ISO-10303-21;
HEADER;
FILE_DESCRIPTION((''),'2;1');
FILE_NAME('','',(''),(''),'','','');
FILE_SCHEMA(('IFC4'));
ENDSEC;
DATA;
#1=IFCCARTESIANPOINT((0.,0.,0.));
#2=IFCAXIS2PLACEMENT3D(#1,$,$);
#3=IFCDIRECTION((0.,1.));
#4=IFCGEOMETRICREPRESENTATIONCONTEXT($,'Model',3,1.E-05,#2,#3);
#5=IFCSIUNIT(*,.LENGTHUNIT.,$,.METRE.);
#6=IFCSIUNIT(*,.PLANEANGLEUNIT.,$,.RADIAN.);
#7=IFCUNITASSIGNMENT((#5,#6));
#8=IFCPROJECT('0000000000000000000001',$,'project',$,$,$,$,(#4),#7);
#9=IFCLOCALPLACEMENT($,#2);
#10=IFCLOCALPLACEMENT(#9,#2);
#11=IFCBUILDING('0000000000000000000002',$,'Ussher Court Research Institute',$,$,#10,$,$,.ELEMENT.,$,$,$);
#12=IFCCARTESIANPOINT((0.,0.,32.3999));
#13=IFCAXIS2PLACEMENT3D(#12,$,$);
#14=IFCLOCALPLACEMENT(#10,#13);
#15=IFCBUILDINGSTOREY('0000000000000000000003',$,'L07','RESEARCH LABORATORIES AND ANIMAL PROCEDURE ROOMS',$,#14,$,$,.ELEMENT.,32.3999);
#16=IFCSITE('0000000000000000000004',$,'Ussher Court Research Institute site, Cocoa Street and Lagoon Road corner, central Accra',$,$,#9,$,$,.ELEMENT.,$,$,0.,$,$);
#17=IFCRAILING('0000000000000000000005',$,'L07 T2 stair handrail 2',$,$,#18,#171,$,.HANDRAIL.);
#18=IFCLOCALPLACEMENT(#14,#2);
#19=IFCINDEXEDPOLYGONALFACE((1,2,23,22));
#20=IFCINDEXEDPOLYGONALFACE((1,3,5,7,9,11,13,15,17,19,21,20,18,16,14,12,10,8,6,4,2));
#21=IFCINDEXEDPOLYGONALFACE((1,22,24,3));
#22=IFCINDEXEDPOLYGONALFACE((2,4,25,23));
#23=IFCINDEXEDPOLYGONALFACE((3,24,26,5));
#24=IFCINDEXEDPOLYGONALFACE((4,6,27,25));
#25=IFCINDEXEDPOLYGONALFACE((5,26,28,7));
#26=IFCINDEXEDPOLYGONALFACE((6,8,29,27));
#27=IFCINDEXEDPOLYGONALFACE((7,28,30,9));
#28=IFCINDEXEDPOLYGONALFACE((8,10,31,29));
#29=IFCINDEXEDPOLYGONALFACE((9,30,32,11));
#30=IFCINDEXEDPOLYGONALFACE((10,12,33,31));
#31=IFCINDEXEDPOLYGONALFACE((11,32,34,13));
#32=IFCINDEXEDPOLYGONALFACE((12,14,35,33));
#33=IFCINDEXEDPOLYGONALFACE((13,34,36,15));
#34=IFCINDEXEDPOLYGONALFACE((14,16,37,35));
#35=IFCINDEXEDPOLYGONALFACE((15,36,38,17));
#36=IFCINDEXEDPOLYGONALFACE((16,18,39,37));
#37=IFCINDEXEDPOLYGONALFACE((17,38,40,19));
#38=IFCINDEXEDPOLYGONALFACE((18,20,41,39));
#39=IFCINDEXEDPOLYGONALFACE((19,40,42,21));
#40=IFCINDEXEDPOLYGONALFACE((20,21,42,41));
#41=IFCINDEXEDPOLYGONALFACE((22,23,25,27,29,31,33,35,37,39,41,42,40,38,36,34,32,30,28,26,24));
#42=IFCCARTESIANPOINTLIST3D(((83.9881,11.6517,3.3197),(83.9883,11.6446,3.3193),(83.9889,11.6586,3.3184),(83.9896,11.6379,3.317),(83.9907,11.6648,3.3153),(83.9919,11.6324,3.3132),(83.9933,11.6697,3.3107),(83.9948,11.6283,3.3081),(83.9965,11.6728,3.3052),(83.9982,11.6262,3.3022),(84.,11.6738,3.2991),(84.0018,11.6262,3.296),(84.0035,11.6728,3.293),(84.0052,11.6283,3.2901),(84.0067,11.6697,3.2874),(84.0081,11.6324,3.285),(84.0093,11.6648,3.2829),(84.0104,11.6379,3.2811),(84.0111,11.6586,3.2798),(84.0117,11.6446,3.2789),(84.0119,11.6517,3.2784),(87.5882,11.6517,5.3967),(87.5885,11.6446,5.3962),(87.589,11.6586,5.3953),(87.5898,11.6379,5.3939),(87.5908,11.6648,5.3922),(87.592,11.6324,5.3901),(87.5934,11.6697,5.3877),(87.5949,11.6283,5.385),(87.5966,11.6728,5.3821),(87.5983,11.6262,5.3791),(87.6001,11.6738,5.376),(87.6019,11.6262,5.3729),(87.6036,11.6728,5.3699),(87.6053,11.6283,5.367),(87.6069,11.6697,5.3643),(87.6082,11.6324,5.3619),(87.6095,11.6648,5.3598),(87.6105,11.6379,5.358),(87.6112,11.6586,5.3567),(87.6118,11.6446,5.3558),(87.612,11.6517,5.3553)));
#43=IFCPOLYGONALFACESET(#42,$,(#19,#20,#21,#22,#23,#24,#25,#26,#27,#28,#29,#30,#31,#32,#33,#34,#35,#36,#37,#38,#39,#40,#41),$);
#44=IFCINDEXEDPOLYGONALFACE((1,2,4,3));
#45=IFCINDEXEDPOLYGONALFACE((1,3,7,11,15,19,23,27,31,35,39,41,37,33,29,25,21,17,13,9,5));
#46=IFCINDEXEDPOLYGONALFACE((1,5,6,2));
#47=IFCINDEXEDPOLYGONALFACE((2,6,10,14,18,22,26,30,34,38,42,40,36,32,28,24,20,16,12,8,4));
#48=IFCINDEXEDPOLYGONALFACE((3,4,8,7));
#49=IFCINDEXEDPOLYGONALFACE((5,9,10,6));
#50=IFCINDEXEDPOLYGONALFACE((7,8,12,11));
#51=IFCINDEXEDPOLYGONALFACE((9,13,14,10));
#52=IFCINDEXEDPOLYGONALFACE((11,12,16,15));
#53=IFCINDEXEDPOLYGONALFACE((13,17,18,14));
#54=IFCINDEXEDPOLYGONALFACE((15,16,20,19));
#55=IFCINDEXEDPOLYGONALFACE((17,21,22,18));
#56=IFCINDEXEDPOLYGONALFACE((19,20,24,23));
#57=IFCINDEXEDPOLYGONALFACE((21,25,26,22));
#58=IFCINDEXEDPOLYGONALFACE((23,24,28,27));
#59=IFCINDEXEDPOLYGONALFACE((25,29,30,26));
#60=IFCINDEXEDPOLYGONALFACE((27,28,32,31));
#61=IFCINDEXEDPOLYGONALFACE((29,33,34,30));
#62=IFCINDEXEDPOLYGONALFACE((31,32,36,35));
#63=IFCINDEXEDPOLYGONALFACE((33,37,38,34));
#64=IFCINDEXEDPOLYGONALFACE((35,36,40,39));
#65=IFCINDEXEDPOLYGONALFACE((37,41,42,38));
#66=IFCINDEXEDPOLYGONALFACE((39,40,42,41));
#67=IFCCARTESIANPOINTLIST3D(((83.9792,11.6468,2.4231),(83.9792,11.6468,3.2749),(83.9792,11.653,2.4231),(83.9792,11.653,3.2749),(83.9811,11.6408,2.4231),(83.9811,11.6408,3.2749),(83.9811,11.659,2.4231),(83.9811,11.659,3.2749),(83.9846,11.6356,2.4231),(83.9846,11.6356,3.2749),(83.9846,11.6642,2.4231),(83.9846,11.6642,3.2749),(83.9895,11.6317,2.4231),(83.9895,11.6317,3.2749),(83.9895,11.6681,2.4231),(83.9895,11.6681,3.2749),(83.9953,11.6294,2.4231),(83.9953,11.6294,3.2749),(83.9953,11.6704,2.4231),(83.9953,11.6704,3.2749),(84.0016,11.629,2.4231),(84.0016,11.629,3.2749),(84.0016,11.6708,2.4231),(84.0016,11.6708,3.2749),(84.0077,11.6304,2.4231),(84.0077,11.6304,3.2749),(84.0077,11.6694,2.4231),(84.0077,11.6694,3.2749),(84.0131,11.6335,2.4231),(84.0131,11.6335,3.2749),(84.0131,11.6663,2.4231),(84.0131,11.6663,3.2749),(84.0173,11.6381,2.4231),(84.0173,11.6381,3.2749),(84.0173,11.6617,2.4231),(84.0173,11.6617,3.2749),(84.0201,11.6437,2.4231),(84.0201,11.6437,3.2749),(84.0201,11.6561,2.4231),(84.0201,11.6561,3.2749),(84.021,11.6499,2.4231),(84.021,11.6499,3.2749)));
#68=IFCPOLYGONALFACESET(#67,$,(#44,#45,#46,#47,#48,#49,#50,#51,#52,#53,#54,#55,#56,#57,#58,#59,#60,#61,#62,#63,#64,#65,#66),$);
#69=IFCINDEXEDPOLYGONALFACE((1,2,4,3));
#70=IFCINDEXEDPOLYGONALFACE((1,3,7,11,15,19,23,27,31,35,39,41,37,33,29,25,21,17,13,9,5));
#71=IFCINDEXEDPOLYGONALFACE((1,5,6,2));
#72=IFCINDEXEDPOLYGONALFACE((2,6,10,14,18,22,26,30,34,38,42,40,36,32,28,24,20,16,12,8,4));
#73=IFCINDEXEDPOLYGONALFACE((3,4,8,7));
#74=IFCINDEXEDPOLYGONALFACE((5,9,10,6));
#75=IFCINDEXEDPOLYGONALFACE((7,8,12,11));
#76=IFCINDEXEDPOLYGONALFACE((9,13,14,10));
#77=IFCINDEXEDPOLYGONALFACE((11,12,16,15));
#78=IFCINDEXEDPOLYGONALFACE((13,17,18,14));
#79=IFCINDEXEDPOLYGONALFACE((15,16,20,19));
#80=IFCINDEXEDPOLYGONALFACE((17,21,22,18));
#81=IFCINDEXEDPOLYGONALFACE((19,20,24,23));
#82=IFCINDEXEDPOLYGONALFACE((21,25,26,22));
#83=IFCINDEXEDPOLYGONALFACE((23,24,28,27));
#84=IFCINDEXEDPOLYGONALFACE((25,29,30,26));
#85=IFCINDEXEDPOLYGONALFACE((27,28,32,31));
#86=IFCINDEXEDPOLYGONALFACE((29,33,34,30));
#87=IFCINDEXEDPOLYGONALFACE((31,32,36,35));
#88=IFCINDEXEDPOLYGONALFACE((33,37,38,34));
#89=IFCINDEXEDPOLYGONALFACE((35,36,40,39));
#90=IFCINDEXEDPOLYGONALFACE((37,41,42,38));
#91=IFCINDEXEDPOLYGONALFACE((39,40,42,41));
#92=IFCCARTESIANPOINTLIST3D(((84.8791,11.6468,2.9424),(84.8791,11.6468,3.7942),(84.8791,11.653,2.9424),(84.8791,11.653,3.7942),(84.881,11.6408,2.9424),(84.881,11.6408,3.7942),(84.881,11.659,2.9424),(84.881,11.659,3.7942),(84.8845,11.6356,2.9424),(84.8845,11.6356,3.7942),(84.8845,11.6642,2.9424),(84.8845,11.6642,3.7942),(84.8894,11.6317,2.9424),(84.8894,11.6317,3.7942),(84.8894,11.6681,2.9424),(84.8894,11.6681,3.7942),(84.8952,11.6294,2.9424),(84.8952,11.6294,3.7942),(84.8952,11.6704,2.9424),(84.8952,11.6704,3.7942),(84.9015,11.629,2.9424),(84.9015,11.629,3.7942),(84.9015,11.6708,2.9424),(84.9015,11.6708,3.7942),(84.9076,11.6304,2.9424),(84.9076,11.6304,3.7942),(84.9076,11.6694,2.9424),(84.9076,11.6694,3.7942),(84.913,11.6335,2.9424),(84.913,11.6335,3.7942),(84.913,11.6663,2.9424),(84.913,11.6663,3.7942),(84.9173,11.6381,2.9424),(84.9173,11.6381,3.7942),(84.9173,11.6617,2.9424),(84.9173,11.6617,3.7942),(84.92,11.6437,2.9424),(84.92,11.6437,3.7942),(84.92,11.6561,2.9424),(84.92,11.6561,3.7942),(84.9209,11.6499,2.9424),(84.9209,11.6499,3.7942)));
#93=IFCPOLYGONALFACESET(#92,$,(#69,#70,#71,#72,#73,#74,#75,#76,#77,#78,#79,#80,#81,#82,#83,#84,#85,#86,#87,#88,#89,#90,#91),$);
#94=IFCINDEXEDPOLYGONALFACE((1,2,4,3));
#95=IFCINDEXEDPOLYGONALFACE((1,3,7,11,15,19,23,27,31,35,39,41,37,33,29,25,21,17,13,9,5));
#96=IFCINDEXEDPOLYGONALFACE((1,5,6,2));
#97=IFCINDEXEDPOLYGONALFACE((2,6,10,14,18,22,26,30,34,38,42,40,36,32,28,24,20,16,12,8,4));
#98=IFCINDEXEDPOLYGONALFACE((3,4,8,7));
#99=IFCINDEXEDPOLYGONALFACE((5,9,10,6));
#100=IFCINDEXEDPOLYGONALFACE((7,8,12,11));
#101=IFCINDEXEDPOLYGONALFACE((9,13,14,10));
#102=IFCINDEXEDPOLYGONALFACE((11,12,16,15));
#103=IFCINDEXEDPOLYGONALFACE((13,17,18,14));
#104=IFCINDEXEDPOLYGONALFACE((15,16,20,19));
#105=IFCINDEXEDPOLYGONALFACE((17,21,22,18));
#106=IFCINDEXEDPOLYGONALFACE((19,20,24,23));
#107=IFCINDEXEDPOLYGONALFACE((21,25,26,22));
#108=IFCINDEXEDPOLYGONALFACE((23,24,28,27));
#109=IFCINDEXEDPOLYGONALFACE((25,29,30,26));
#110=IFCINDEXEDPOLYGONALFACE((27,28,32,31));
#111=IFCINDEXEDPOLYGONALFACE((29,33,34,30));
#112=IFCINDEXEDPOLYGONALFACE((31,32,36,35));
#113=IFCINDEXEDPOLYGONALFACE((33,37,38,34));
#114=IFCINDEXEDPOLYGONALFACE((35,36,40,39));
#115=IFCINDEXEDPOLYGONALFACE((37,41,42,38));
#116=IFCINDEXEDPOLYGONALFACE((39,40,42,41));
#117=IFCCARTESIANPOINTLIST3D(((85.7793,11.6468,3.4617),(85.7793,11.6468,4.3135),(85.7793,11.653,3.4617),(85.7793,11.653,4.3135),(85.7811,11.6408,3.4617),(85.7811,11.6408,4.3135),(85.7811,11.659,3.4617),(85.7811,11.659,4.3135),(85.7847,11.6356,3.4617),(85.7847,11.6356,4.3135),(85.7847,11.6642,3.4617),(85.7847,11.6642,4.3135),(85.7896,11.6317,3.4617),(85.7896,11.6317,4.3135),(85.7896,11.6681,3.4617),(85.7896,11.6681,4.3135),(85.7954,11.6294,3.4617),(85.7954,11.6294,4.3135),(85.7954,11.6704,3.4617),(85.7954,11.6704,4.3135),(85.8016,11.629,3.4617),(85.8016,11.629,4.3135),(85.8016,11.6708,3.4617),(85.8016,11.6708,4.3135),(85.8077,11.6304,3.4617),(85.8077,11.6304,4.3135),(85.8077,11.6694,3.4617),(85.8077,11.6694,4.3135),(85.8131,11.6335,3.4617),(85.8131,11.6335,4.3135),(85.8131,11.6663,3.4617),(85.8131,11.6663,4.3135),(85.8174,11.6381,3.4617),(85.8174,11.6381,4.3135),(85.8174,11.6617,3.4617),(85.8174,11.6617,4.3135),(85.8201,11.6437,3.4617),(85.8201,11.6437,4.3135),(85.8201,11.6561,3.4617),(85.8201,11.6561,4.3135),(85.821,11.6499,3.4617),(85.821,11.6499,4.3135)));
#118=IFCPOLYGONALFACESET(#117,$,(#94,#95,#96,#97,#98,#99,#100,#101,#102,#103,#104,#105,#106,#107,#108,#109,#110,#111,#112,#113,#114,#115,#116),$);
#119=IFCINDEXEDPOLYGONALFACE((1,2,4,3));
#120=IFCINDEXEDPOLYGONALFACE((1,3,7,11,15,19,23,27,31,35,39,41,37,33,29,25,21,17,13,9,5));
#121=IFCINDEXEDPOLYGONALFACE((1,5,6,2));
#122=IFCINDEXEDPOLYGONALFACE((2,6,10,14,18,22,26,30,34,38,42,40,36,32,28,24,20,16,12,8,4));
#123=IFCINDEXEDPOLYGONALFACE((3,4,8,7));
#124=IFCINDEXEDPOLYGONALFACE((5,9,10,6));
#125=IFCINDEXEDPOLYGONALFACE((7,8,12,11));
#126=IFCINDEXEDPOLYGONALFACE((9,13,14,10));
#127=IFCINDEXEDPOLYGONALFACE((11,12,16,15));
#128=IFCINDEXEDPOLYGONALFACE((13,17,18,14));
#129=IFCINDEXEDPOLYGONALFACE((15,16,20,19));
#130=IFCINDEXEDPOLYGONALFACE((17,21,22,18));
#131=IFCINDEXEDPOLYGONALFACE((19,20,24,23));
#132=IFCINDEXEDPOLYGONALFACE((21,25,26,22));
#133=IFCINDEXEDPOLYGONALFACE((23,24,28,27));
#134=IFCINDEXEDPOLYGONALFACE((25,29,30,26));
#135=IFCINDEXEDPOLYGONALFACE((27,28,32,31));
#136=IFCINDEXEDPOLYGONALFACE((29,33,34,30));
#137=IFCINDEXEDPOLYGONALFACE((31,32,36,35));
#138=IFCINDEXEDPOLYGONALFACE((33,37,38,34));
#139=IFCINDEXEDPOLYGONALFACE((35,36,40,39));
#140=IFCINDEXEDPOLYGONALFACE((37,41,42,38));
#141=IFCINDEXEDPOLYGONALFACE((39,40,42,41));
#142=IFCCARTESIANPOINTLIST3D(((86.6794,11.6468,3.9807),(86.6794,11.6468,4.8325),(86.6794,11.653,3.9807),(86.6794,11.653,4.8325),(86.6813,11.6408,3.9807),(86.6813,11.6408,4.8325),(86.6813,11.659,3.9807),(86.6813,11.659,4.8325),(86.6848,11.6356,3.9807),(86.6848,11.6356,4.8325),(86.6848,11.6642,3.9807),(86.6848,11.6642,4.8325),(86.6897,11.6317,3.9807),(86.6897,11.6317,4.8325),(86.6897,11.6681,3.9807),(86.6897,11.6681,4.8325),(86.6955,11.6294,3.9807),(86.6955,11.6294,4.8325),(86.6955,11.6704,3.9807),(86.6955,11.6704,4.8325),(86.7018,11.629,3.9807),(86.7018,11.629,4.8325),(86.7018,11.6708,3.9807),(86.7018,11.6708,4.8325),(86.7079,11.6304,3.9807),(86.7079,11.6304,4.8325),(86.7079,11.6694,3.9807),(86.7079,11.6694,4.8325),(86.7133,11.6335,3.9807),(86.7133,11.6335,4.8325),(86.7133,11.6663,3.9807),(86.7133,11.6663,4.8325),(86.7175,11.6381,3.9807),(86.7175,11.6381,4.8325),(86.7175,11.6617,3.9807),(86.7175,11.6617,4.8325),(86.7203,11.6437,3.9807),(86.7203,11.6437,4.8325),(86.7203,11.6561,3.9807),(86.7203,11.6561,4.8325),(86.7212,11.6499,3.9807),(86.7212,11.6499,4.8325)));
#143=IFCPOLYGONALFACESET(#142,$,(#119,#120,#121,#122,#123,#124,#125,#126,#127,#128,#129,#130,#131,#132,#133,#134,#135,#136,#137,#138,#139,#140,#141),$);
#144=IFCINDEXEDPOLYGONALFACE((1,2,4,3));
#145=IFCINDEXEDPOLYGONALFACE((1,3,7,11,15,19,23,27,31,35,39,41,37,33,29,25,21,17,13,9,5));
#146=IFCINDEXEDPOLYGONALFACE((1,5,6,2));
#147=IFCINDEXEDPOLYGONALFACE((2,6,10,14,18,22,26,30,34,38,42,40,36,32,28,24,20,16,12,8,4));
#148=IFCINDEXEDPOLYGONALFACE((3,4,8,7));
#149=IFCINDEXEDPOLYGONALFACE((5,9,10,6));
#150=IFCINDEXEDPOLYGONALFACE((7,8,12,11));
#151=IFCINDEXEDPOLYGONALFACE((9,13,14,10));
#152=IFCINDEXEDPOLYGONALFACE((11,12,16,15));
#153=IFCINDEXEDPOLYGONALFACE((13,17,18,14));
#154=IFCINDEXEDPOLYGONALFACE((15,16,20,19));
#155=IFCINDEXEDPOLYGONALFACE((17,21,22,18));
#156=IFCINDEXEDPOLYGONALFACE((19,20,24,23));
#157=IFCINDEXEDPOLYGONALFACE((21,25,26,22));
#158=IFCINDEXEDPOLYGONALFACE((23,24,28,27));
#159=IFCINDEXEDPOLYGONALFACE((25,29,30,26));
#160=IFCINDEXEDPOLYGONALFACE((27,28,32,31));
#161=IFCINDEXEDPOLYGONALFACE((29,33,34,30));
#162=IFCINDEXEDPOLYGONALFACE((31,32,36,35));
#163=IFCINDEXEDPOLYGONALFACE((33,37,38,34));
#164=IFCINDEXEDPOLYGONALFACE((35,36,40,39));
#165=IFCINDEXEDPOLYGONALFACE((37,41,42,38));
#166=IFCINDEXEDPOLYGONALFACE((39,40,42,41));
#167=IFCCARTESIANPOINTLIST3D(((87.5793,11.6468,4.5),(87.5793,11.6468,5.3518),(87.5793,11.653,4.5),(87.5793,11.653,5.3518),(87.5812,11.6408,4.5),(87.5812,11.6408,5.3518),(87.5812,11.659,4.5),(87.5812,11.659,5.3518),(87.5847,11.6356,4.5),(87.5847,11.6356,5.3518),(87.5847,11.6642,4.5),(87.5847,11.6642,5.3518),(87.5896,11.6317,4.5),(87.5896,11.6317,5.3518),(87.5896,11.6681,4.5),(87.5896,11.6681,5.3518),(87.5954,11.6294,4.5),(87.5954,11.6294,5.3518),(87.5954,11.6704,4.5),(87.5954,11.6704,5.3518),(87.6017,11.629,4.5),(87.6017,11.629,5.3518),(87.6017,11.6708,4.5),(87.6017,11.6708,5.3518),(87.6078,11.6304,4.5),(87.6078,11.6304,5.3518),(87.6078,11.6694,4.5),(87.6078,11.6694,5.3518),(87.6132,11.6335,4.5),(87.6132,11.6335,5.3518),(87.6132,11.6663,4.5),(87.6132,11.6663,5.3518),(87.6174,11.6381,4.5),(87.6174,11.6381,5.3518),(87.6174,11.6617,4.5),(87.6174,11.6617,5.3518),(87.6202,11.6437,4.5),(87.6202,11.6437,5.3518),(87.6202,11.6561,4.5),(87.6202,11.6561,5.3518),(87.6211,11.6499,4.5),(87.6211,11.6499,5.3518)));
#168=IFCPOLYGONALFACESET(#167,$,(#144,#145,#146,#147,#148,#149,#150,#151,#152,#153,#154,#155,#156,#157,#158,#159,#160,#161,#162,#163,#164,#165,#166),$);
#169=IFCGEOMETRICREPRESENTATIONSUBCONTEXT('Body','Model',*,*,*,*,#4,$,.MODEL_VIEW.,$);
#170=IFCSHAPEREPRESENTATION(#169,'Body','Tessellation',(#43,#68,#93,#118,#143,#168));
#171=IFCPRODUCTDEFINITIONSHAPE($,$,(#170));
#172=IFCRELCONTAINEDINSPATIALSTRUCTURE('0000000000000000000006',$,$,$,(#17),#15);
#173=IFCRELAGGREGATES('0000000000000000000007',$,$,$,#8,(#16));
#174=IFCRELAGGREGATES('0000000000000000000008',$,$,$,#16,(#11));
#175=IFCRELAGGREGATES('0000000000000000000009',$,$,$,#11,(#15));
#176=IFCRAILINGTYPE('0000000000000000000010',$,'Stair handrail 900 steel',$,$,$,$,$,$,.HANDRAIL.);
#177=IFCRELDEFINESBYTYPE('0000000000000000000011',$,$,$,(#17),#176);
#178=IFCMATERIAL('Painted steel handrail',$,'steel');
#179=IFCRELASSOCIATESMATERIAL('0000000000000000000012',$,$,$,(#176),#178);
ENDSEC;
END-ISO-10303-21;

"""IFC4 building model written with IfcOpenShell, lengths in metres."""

from ifc_helpers import new_model, si_unit, direction, frame, origin, origin_2d, place, context, subcontext, project, spatial, circle, extrude, material, type_object, element, save


model = new_model("IFC4")

# Units and contexts
model_context = context("Model", 3, precision=1e-05, world=origin(), true_north=direction((0.0, 1.0)))
body_context = subcontext(model_context, "Body", "Model", "MODEL_VIEW")
ifc_project = project(units=[si_unit("LENGTHUNIT", "METRE"), si_unit("PLANEANGLEUNIT", "RADIAN")], contexts=[model_context])

# Site, building, storey
site_placement = place(None, origin())
site = spatial("IfcSite", under=ifc_project, at=site_placement, Name="Ussher Court Research Institute site, Cocoa Street and Lagoon Road corner, central Accra", CompositionType="ELEMENT", RefElevation=0.0)
building_placement = place(site_placement, origin())
building = spatial("IfcBuilding", under=site, at=building_placement, Name="Ussher Court Research Institute", CompositionType="ELEMENT")
storey_placement = place(building_placement, frame((0.0, 0.0, 32.3999)))
storey = spatial("IfcBuildingStorey", under=building, at=storey_placement, Name="L07", Description="RESEARCH LABORATORIES AND ANIMAL PROCEDURE ROOMS", CompositionType="ELEMENT", Elevation=32.3999)

# Railing
ifc_material_1 = material(Name="Painted steel handrail", Category="steel")
railing_type_1 = type_object("IfcRailingType", Name="Stair handrail 900 steel", PredefinedType="HANDRAIL", material=ifc_material_1)
railing_1_placement = place(storey_placement, frame((84.0, 11.6499, 2.4231)))
element("IfcRailing", 1, at=railing_1_placement, inside=storey, type_object=railing_type_1, Name="L07 T2 stair handrail 2", PredefinedType="HANDRAIL", context=body_context, shape_type="SweptSolid", body=[
    extrude(circle(Radius=0.0239, at=origin_2d()), frame((0.0, 0.0, 0.876), z_axis=(0.866193, 0.0, 0.499709), x_axis=(0.0, 1.0, 0.0)), (0.0, 0.0, 1.0), 4.1562),
    extrude(circle(Radius=0.021, at=origin_2d()), origin(), (0.0, 0.0, 1.0), 0.8518),
    extrude(circle(Radius=0.021, at=origin_2d()), frame((0.8999, 0.0, 0.5193)), (0.0, 0.0, 1.0), 0.8518),
    extrude(circle(Radius=0.021, at=origin_2d()), frame((1.8, 0.0, 1.0386)), (0.0, 0.0, 1.0), 0.8518),
    extrude(circle(Radius=0.021, at=origin_2d()), frame((2.7002, 0.0, 1.5576)), (0.0, 0.0, 1.0), 0.8518),
    extrude(circle(Radius=0.021, at=origin_2d()), frame((3.6001, 0.0, 2.0769)), (0.0, 0.0, 1.0), 0.8518),
])

save(model, "model.ifc")
